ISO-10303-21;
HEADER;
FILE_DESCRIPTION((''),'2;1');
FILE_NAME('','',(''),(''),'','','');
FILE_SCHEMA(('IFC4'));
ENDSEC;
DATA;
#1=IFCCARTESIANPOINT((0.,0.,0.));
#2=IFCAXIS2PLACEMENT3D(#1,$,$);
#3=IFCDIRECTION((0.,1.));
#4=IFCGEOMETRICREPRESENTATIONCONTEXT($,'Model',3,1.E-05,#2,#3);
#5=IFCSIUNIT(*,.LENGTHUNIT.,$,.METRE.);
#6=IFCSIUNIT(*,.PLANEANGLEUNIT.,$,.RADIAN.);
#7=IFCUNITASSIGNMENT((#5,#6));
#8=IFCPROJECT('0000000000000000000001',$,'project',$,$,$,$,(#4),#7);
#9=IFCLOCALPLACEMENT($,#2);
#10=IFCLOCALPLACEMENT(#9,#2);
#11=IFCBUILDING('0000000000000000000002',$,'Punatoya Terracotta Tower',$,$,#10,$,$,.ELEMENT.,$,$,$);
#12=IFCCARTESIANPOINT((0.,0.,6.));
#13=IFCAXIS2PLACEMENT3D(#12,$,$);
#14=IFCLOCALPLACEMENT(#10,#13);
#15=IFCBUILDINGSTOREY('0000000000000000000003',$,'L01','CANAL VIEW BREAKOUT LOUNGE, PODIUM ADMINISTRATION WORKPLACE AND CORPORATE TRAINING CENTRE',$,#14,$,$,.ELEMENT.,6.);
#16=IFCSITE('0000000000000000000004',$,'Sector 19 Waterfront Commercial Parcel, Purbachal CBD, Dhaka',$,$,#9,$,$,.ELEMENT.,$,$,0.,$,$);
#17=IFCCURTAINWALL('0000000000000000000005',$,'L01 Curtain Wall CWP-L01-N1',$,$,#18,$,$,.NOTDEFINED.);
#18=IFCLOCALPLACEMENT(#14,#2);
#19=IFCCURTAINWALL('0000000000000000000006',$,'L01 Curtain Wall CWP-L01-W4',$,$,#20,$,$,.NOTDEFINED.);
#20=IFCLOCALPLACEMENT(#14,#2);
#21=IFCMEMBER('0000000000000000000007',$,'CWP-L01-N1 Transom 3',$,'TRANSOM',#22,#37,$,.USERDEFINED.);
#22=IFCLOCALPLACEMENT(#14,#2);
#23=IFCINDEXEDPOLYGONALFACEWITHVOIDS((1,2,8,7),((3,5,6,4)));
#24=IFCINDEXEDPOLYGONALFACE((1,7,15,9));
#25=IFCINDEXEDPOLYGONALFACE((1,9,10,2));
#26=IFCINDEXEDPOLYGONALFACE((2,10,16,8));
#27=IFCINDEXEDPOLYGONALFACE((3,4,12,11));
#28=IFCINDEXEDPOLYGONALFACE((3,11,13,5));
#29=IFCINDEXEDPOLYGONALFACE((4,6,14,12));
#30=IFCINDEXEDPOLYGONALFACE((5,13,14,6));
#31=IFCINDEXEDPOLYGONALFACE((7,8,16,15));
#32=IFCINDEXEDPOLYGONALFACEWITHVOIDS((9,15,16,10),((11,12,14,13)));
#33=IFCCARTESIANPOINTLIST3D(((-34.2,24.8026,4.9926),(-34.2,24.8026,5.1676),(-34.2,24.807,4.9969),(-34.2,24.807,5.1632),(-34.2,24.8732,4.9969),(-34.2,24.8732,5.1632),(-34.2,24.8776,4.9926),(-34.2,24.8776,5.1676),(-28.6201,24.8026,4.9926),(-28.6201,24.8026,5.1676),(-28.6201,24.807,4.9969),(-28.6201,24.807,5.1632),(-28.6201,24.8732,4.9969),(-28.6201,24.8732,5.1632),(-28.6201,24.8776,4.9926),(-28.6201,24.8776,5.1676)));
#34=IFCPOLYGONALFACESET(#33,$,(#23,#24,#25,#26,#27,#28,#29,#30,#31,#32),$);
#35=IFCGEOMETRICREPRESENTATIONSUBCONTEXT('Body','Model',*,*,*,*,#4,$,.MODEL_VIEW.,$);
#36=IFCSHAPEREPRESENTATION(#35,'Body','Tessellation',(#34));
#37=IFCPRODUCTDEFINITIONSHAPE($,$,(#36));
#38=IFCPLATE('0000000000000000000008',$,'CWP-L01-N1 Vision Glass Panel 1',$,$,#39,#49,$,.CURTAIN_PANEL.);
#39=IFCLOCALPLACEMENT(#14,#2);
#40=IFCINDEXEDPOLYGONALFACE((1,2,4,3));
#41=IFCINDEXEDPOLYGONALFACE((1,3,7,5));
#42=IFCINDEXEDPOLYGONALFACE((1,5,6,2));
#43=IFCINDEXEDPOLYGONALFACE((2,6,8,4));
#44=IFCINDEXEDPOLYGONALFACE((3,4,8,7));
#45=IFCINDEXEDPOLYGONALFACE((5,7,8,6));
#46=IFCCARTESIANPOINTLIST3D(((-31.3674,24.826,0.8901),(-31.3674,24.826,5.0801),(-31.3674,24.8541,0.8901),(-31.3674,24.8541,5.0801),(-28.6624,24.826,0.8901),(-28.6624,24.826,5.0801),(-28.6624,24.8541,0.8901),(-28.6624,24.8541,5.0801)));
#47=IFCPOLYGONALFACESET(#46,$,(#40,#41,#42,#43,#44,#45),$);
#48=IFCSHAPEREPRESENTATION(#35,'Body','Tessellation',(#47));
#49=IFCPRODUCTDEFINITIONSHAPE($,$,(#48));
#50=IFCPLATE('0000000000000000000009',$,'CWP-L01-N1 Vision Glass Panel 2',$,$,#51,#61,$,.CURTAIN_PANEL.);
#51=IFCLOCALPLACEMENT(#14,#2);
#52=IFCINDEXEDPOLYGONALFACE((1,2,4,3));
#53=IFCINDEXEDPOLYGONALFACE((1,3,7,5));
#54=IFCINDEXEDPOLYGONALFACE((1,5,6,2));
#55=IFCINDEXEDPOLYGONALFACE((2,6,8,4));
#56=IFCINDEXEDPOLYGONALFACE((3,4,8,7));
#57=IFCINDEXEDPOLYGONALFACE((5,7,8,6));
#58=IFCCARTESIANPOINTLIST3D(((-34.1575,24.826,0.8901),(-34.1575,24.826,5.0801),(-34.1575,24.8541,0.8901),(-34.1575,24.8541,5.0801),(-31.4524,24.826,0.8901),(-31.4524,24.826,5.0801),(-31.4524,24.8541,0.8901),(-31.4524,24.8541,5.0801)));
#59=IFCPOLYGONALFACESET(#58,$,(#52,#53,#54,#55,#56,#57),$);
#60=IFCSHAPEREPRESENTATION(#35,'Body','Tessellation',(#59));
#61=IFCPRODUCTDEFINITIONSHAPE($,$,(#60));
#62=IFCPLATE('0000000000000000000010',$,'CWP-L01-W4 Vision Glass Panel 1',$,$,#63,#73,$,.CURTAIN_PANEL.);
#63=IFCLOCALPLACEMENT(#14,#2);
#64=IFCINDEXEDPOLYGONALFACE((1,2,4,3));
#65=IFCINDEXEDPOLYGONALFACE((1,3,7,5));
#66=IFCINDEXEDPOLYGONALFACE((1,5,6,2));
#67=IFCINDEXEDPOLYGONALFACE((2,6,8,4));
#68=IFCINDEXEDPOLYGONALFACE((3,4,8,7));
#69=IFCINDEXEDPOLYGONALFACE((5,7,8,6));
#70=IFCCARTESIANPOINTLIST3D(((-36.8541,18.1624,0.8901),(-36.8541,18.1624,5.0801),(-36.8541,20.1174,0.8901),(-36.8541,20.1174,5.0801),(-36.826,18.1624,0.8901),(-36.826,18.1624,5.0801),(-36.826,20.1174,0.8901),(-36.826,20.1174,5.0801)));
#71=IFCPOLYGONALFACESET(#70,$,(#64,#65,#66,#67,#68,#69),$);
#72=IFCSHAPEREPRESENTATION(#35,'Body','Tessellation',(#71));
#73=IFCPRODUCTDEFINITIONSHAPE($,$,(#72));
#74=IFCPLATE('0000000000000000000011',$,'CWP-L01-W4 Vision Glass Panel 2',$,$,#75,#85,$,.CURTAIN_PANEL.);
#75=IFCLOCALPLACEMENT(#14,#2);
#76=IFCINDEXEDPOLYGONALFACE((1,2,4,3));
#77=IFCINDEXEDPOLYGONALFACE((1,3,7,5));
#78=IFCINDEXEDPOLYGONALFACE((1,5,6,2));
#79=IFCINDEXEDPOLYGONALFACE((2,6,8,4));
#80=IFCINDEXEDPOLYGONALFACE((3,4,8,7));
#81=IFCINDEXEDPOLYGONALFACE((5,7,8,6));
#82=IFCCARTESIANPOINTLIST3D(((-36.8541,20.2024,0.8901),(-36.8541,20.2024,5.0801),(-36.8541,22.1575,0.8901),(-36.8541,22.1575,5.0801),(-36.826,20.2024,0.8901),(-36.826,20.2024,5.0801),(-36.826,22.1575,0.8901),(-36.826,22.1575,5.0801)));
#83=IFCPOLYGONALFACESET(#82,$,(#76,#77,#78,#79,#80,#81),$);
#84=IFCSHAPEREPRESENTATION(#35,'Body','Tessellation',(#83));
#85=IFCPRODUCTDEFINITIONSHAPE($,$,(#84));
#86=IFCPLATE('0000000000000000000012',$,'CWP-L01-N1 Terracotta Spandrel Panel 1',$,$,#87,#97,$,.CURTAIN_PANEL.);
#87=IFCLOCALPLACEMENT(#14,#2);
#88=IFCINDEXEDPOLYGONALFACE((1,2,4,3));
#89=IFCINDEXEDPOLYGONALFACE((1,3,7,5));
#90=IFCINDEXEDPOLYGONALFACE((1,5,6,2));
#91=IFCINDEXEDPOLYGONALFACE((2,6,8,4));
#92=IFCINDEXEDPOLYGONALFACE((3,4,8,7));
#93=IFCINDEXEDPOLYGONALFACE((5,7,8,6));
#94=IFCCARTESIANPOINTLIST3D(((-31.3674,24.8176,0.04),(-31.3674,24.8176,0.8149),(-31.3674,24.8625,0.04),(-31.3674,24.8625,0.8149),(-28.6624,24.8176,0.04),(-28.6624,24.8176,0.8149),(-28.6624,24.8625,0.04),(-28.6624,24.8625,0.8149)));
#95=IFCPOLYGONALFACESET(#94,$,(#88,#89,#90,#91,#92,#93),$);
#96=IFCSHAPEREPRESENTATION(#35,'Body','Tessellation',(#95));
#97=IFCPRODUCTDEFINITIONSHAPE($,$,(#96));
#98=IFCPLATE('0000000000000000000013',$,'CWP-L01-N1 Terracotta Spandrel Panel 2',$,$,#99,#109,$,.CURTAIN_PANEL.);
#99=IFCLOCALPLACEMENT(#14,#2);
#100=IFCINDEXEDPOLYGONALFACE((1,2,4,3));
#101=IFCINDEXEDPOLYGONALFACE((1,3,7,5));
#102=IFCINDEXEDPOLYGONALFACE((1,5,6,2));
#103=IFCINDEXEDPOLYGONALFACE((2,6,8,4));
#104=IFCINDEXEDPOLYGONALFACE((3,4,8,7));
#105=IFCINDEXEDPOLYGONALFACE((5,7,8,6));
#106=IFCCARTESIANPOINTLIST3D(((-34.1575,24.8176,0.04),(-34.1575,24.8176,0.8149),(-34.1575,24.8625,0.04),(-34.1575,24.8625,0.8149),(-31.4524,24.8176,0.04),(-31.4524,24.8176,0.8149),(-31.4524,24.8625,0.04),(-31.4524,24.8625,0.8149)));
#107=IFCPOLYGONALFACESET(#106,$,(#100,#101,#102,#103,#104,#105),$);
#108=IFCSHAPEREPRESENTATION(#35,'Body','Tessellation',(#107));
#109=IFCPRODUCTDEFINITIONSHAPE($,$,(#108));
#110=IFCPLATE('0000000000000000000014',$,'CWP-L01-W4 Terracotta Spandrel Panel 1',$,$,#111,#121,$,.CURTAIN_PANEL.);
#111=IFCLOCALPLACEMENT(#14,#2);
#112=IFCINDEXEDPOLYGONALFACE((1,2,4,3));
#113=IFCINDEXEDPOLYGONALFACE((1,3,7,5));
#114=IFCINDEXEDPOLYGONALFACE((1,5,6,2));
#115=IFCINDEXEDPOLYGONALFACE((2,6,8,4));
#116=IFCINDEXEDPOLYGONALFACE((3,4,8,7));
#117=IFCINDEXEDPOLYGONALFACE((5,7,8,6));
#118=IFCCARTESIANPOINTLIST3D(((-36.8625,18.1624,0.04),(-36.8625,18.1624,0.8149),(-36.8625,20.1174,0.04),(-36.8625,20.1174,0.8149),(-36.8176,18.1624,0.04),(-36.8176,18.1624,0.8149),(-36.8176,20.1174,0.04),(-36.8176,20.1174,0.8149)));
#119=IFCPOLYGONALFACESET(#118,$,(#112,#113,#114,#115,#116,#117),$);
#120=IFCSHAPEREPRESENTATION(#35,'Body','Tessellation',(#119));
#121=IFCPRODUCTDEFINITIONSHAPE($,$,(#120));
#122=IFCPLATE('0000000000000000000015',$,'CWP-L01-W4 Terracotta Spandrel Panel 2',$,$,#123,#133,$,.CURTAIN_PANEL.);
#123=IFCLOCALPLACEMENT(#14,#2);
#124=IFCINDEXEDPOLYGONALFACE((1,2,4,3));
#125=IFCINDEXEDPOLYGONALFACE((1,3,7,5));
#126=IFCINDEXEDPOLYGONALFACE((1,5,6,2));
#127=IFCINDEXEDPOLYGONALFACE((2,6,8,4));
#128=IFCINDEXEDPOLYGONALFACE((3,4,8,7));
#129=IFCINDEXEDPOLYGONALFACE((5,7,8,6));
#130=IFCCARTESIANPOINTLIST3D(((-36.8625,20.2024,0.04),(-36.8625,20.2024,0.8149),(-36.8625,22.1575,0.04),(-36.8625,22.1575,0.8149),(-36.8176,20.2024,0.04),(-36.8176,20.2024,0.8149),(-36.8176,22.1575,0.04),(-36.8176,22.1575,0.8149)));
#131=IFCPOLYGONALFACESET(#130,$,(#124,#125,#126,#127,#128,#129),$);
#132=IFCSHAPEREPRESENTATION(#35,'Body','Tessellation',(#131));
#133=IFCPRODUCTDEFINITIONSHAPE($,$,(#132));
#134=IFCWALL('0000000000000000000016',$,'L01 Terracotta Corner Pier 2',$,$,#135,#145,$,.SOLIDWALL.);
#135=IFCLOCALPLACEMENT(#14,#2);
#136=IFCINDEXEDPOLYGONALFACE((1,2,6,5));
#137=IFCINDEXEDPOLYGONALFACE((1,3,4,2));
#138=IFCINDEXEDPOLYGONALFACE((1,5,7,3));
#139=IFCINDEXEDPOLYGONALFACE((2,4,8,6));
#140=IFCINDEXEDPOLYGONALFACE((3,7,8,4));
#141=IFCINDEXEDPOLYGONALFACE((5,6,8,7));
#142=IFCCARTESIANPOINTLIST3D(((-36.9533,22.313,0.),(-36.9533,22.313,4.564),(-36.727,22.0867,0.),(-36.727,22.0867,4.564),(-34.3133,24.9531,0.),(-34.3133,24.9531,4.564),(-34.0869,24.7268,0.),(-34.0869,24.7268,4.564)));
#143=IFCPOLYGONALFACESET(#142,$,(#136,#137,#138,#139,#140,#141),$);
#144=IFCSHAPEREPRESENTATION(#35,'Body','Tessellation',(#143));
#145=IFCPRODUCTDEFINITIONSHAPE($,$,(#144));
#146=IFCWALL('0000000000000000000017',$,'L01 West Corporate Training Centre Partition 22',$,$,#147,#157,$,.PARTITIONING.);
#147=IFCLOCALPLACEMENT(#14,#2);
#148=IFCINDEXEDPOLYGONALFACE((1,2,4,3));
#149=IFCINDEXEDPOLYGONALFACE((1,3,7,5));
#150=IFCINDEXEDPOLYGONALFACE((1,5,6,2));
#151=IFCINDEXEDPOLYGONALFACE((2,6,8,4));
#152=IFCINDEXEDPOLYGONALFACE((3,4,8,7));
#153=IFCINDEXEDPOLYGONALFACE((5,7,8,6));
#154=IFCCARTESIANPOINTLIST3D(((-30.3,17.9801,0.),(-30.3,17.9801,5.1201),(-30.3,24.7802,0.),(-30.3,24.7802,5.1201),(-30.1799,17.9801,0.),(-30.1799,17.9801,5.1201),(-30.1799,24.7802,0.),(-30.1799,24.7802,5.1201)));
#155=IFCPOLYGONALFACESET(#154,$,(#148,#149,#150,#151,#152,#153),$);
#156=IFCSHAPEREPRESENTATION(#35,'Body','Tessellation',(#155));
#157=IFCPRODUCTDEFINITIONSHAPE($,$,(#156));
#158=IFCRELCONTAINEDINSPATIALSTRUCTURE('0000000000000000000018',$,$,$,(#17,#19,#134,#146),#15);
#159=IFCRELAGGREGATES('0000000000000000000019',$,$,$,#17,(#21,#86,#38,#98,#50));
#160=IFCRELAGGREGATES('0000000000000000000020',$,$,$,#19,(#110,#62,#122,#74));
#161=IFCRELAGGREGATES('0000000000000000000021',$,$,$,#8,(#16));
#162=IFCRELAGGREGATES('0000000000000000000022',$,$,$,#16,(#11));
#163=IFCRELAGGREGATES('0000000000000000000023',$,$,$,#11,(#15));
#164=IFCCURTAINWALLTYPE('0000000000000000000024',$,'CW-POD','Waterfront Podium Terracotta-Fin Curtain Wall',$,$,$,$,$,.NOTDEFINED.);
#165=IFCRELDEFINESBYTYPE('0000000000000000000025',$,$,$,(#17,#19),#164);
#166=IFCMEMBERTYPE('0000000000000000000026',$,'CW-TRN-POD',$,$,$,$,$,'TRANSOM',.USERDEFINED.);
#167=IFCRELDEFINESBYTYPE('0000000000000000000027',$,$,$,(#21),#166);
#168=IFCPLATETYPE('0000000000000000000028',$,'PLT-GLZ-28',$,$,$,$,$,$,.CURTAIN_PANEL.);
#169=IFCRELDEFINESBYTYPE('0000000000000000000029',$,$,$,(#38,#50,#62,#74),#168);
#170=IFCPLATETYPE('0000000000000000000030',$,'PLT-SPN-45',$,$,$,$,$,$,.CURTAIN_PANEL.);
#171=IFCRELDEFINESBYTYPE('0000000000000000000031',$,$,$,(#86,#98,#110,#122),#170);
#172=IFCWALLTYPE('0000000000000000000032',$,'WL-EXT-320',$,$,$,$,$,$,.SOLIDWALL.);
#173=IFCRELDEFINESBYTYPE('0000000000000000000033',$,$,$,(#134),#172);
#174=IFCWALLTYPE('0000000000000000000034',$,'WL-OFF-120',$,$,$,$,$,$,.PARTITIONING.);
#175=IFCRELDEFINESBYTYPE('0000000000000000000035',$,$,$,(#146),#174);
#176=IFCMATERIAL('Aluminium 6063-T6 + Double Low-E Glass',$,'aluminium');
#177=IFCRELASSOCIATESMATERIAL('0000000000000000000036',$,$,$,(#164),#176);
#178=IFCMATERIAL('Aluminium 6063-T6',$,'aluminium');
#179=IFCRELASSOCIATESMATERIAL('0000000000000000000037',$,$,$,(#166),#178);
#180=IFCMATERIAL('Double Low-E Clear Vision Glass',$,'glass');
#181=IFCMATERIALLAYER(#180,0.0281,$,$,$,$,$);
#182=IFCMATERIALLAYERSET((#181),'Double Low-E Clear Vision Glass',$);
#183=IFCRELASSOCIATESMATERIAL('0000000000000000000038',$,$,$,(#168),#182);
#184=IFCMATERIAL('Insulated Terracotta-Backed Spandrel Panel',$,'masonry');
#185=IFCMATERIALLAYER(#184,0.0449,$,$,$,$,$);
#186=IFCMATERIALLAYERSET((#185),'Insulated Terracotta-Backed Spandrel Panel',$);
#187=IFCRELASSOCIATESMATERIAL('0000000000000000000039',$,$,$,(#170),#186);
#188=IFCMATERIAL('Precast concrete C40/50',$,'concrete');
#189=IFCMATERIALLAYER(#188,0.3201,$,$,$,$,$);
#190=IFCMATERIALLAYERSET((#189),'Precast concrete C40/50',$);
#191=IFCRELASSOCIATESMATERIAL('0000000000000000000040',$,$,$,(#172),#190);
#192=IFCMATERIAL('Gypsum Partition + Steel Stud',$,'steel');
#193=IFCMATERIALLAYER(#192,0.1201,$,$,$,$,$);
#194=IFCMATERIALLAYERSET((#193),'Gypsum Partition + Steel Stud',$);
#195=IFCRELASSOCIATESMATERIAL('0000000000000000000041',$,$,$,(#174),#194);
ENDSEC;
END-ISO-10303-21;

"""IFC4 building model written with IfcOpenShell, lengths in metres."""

from ifc_helpers import new_model, si_unit, direction, frame, frame_2d, origin, origin_2d, place, context, subcontext, project, spatial, rectangle, hollow_rectangle, extrude, material, layer, layer_set, material_profile, profile_set, type_object, element, aggregate, save


model = new_model("IFC4")

# Units and contexts
model_context = context("Model", 3, precision=1e-05, world=origin(), true_north=direction((0.0, 1.0)))
body_context = subcontext(model_context, "Body", "Model", "MODEL_VIEW")
ifc_project = project(units=[si_unit("LENGTHUNIT", "METRE"), si_unit("PLANEANGLEUNIT", "RADIAN")], contexts=[model_context])

# Site, building, storey
site_placement = place(None, origin())
site = spatial("IfcSite", under=ifc_project, at=site_placement, Name="Sector 19 Waterfront Commercial Parcel, Purbachal CBD, Dhaka", CompositionType="ELEMENT", RefElevation=0.0)
building_placement = place(site_placement, origin())
building = spatial("IfcBuilding", under=site, at=building_placement, Name="Punatoya Terracotta Tower", CompositionType="ELEMENT")
storey_placement = place(building_placement, frame((0.0, 0.0, 6.0)))
storey = spatial("IfcBuildingStorey", under=building, at=storey_placement, Name="L01", Description="CANAL VIEW BREAKOUT LOUNGE, PODIUM ADMINISTRATION WORKPLACE AND CORPORATE TRAINING CENTRE", CompositionType="ELEMENT", Elevation=6.0)

# Curtain walls
ifc_material_1 = material(Name="Aluminium 6063-T6 + Double Low-E Glass", Category="aluminium")
curtain_wall_type = type_object("IfcCurtainWallType", Name="CW-POD", Description="Waterfront Podium Terracotta-Fin Curtain Wall", PredefinedType="NOTDEFINED", material=ifc_material_1)
curtain_wall_1_placement = place(storey_placement, origin())
curtain_wall_1 = element("IfcCurtainWall", 1, at=curtain_wall_1_placement, inside=storey, type_object=curtain_wall_type, Name="L01 Curtain Wall CWP-L01-N1", PredefinedType="NOTDEFINED")
ifc_material_2 = material(Name="Aluminium 6063-T6", Category="aluminium")
curtain_wall_2_placement = place(storey_placement, origin())
curtain_wall_2 = element("IfcCurtainWall", 2, at=curtain_wall_2_placement, inside=storey, type_object=curtain_wall_type, Name="L01 Curtain Wall CWP-L01-W4", PredefinedType="NOTDEFINED")

# Member
ifc_material_profile_1 = material_profile(ifc_material_2, hollow_rectangle(XDim=0.075, YDim=0.175, WallThickness=0.0044, at=origin_2d()))
ifc_profile_set_1 = profile_set([ifc_material_profile_1], Name="Aluminium 6063-T6")
member_type_1 = type_object("IfcMemberType", Name="CW-TRN-POD", ElementType="TRANSOM", PredefinedType="USERDEFINED", material=ifc_profile_set_1)
member_1_placement = place(storey_placement, frame((-28.6201, 24.8401, 5.0801), z_axis=(-1.0, 0.0, 0.0), x_axis=(0.0, -1.0, 0.0)))
member_1 = element("IfcMember", 3, at=member_1_placement, type_object=member_type_1, Name="CWP-L01-N1 Transom 3", ObjectType="TRANSOM", PredefinedType="USERDEFINED", context=body_context, shape_type="SweptSolid", body=[
    extrude(hollow_rectangle(XDim=0.075, YDim=0.175, WallThickness=0.0044, at=origin_2d()), origin(), (0.0, 0.0, 1.0), 5.5798),
])

# Plates
ifc_material_3 = material(Name="Double Low-E Clear Vision Glass", Category="glass")
ifc_layer_1 = layer(ifc_material_3, 0.0281)
ifc_layer_set_1 = layer_set([ifc_layer_1], Name="Double Low-E Clear Vision Glass")
plate_type_1 = type_object("IfcPlateType", Name="PLT-GLZ-28", PredefinedType="CURTAIN_PANEL", material=ifc_layer_set_1)
plate_1_placement = place(storey_placement, frame((-30.0149, 24.8401, 0.8901), z_axis=(0.0, 0.0, 1.0), x_axis=(-1.0, 0.0, 0.0)))
plate_1 = element("IfcPlate", 4, at=plate_1_placement, type_object=plate_type_1, Name="CWP-L01-N1 Vision Glass Panel 1", PredefinedType="CURTAIN_PANEL", context=body_context, shape_type="SweptSolid", body=[
    extrude(rectangle(XDim=2.7051, YDim=0.0281, at=origin_2d()), origin(), (0.0, 0.0, 1.0), 4.1899),
])
plate_2_placement = place(storey_placement, frame((-32.8049, 24.8401, 0.8901), z_axis=(0.0, 0.0, 1.0), x_axis=(-1.0, 0.0, 0.0)))
plate_2 = element("IfcPlate", 5, at=plate_2_placement, type_object=plate_type_1, Name="CWP-L01-N1 Vision Glass Panel 2", PredefinedType="CURTAIN_PANEL", context=body_context, shape_type="SweptSolid", body=[
    extrude(rectangle(XDim=2.7051, YDim=0.0281, at=origin_2d()), origin(), (0.0, 0.0, 1.0), 4.1899),
])
plate_3_placement = place(storey_placement, frame((-36.8401, 19.1399, 0.8901), z_axis=(0.0, 0.0, 1.0), x_axis=(0.0, 1.0, 0.0)))
plate_3 = element("IfcPlate", 6, at=plate_3_placement, type_object=plate_type_1, Name="CWP-L01-W4 Vision Glass Panel 1", PredefinedType="CURTAIN_PANEL", context=body_context, shape_type="SweptSolid", body=[
    extrude(rectangle(XDim=1.9551, YDim=0.0281, at=origin_2d()), origin(), (0.0, 0.0, 1.0), 4.1899),
])
plate_4_placement = place(storey_placement, frame((-36.8401, 21.1799, 0.8901), z_axis=(0.0, 0.0, 1.0), x_axis=(0.0, 1.0, 0.0)))
plate_4 = element("IfcPlate", 7, at=plate_4_placement, type_object=plate_type_1, Name="CWP-L01-W4 Vision Glass Panel 2", PredefinedType="CURTAIN_PANEL", context=body_context, shape_type="SweptSolid", body=[
    extrude(rectangle(XDim=1.9551, YDim=0.0281, at=origin_2d()), origin(), (0.0, 0.0, 1.0), 4.1899),
])
ifc_material_4 = material(Name="Insulated Terracotta-Backed Spandrel Panel", Category="masonry")
ifc_layer_2 = layer(ifc_material_4, 0.0449)
ifc_layer_set_2 = layer_set([ifc_layer_2], Name="Insulated Terracotta-Backed Spandrel Panel")
plate_type_2 = type_object("IfcPlateType", Name="PLT-SPN-45", PredefinedType="CURTAIN_PANEL", material=ifc_layer_set_2)
plate_5_placement = place(storey_placement, frame((-30.0149, 24.8401, 0.04), z_axis=(0.0, 0.0, 1.0), x_axis=(-1.0, 0.0, 0.0)))
plate_5 = element("IfcPlate", 8, at=plate_5_placement, type_object=plate_type_2, Name="CWP-L01-N1 Terracotta Spandrel Panel 1", PredefinedType="CURTAIN_PANEL", context=body_context, shape_type="SweptSolid", body=[
    extrude(rectangle(XDim=2.7051, YDim=0.0449, at=origin_2d()), origin(), (0.0, 0.0, 1.0), 0.7749),
])
plate_6_placement = place(storey_placement, frame((-32.8049, 24.8401, 0.04), z_axis=(0.0, 0.0, 1.0), x_axis=(-1.0, 0.0, 0.0)))
plate_6 = element("IfcPlate", 9, at=plate_6_placement, type_object=plate_type_2, Name="CWP-L01-N1 Terracotta Spandrel Panel 2", PredefinedType="CURTAIN_PANEL", context=body_context, shape_type="SweptSolid", body=[
    extrude(rectangle(XDim=2.7051, YDim=0.0449, at=origin_2d()), origin(), (0.0, 0.0, 1.0), 0.7749),
])
aggregate(curtain_wall_1, [member_1, plate_5, plate_1, plate_6, plate_2])
plate_7_placement = place(storey_placement, frame((-36.8401, 19.1399, 0.04), z_axis=(0.0, 0.0, 1.0), x_axis=(0.0, 1.0, 0.0)))
plate_7 = element("IfcPlate", 10, at=plate_7_placement, type_object=plate_type_2, Name="CWP-L01-W4 Terracotta Spandrel Panel 1", PredefinedType="CURTAIN_PANEL", context=body_context, shape_type="SweptSolid", body=[
    extrude(rectangle(XDim=1.9551, YDim=0.0449, at=origin_2d()), origin(), (0.0, 0.0, 1.0), 0.7749),
])
plate_8_placement = place(storey_placement, frame((-36.8401, 21.1799, 0.04), z_axis=(0.0, 0.0, 1.0), x_axis=(0.0, 1.0, 0.0)))
plate_8 = element("IfcPlate", 11, at=plate_8_placement, type_object=plate_type_2, Name="CWP-L01-W4 Terracotta Spandrel Panel 2", PredefinedType="CURTAIN_PANEL", context=body_context, shape_type="SweptSolid", body=[
    extrude(rectangle(XDim=1.9551, YDim=0.0449, at=origin_2d()), origin(), (0.0, 0.0, 1.0), 0.7749),
])
aggregate(curtain_wall_2, [plate_7, plate_3, plate_8, plate_4])

# Walls
ifc_material_5 = material(Name="Precast concrete C40/50", Category="concrete")
ifc_layer_3 = layer(ifc_material_5, 0.3201)
ifc_layer_set_3 = layer_set([ifc_layer_3], Name="Precast concrete C40/50")
wall_type_1 = type_object("IfcWallType", Name="WL-EXT-320", PredefinedType="SOLIDWALL", material=ifc_layer_set_3)
wall_1_placement = place(storey_placement, frame((-36.8401, 22.2, 0.0), z_axis=(0.0, 0.0, 1.0), x_axis=(0.707107, 0.707107, 0.0)))
element("IfcWall", 12, at=wall_1_placement, inside=storey, type_object=wall_type_1, Name="L01 Terracotta Corner Pier 2", PredefinedType="SOLIDWALL", context=body_context, shape_type="SweptSolid", body=[
    extrude(rectangle(XDim=3.7336, YDim=0.3201, at=frame_2d((1.8667, 0.0))), origin(), (0.0, 0.0, 1.0), 4.564),
])
ifc_material_6 = material(Name="Gypsum Partition + Steel Stud", Category="steel")
ifc_layer_4 = layer(ifc_material_6, 0.1201)
ifc_layer_set_4 = layer_set([ifc_layer_4], Name="Gypsum Partition + Steel Stud")
wall_type_2 = type_object("IfcWallType", Name="WL-OFF-120", PredefinedType="PARTITIONING", material=ifc_layer_set_4)
wall_2_placement = place(storey_placement, frame((-30.24, 24.78, 0.0), z_axis=(0.0, 0.0, 1.0), x_axis=(0.0, -1.0, 0.0)))
element("IfcWall", 13, at=wall_2_placement, inside=storey, type_object=wall_type_2, Name="L01 West Corporate Training Centre Partition 22", PredefinedType="PARTITIONING", context=body_context, shape_type="SweptSolid", body=[
    extrude(rectangle(XDim=6.8, YDim=0.1201, at=frame_2d((3.3999, 0.0))), origin(), (0.0, 0.0, 1.0), 5.1201),
])

save(model, "model.ifc")
